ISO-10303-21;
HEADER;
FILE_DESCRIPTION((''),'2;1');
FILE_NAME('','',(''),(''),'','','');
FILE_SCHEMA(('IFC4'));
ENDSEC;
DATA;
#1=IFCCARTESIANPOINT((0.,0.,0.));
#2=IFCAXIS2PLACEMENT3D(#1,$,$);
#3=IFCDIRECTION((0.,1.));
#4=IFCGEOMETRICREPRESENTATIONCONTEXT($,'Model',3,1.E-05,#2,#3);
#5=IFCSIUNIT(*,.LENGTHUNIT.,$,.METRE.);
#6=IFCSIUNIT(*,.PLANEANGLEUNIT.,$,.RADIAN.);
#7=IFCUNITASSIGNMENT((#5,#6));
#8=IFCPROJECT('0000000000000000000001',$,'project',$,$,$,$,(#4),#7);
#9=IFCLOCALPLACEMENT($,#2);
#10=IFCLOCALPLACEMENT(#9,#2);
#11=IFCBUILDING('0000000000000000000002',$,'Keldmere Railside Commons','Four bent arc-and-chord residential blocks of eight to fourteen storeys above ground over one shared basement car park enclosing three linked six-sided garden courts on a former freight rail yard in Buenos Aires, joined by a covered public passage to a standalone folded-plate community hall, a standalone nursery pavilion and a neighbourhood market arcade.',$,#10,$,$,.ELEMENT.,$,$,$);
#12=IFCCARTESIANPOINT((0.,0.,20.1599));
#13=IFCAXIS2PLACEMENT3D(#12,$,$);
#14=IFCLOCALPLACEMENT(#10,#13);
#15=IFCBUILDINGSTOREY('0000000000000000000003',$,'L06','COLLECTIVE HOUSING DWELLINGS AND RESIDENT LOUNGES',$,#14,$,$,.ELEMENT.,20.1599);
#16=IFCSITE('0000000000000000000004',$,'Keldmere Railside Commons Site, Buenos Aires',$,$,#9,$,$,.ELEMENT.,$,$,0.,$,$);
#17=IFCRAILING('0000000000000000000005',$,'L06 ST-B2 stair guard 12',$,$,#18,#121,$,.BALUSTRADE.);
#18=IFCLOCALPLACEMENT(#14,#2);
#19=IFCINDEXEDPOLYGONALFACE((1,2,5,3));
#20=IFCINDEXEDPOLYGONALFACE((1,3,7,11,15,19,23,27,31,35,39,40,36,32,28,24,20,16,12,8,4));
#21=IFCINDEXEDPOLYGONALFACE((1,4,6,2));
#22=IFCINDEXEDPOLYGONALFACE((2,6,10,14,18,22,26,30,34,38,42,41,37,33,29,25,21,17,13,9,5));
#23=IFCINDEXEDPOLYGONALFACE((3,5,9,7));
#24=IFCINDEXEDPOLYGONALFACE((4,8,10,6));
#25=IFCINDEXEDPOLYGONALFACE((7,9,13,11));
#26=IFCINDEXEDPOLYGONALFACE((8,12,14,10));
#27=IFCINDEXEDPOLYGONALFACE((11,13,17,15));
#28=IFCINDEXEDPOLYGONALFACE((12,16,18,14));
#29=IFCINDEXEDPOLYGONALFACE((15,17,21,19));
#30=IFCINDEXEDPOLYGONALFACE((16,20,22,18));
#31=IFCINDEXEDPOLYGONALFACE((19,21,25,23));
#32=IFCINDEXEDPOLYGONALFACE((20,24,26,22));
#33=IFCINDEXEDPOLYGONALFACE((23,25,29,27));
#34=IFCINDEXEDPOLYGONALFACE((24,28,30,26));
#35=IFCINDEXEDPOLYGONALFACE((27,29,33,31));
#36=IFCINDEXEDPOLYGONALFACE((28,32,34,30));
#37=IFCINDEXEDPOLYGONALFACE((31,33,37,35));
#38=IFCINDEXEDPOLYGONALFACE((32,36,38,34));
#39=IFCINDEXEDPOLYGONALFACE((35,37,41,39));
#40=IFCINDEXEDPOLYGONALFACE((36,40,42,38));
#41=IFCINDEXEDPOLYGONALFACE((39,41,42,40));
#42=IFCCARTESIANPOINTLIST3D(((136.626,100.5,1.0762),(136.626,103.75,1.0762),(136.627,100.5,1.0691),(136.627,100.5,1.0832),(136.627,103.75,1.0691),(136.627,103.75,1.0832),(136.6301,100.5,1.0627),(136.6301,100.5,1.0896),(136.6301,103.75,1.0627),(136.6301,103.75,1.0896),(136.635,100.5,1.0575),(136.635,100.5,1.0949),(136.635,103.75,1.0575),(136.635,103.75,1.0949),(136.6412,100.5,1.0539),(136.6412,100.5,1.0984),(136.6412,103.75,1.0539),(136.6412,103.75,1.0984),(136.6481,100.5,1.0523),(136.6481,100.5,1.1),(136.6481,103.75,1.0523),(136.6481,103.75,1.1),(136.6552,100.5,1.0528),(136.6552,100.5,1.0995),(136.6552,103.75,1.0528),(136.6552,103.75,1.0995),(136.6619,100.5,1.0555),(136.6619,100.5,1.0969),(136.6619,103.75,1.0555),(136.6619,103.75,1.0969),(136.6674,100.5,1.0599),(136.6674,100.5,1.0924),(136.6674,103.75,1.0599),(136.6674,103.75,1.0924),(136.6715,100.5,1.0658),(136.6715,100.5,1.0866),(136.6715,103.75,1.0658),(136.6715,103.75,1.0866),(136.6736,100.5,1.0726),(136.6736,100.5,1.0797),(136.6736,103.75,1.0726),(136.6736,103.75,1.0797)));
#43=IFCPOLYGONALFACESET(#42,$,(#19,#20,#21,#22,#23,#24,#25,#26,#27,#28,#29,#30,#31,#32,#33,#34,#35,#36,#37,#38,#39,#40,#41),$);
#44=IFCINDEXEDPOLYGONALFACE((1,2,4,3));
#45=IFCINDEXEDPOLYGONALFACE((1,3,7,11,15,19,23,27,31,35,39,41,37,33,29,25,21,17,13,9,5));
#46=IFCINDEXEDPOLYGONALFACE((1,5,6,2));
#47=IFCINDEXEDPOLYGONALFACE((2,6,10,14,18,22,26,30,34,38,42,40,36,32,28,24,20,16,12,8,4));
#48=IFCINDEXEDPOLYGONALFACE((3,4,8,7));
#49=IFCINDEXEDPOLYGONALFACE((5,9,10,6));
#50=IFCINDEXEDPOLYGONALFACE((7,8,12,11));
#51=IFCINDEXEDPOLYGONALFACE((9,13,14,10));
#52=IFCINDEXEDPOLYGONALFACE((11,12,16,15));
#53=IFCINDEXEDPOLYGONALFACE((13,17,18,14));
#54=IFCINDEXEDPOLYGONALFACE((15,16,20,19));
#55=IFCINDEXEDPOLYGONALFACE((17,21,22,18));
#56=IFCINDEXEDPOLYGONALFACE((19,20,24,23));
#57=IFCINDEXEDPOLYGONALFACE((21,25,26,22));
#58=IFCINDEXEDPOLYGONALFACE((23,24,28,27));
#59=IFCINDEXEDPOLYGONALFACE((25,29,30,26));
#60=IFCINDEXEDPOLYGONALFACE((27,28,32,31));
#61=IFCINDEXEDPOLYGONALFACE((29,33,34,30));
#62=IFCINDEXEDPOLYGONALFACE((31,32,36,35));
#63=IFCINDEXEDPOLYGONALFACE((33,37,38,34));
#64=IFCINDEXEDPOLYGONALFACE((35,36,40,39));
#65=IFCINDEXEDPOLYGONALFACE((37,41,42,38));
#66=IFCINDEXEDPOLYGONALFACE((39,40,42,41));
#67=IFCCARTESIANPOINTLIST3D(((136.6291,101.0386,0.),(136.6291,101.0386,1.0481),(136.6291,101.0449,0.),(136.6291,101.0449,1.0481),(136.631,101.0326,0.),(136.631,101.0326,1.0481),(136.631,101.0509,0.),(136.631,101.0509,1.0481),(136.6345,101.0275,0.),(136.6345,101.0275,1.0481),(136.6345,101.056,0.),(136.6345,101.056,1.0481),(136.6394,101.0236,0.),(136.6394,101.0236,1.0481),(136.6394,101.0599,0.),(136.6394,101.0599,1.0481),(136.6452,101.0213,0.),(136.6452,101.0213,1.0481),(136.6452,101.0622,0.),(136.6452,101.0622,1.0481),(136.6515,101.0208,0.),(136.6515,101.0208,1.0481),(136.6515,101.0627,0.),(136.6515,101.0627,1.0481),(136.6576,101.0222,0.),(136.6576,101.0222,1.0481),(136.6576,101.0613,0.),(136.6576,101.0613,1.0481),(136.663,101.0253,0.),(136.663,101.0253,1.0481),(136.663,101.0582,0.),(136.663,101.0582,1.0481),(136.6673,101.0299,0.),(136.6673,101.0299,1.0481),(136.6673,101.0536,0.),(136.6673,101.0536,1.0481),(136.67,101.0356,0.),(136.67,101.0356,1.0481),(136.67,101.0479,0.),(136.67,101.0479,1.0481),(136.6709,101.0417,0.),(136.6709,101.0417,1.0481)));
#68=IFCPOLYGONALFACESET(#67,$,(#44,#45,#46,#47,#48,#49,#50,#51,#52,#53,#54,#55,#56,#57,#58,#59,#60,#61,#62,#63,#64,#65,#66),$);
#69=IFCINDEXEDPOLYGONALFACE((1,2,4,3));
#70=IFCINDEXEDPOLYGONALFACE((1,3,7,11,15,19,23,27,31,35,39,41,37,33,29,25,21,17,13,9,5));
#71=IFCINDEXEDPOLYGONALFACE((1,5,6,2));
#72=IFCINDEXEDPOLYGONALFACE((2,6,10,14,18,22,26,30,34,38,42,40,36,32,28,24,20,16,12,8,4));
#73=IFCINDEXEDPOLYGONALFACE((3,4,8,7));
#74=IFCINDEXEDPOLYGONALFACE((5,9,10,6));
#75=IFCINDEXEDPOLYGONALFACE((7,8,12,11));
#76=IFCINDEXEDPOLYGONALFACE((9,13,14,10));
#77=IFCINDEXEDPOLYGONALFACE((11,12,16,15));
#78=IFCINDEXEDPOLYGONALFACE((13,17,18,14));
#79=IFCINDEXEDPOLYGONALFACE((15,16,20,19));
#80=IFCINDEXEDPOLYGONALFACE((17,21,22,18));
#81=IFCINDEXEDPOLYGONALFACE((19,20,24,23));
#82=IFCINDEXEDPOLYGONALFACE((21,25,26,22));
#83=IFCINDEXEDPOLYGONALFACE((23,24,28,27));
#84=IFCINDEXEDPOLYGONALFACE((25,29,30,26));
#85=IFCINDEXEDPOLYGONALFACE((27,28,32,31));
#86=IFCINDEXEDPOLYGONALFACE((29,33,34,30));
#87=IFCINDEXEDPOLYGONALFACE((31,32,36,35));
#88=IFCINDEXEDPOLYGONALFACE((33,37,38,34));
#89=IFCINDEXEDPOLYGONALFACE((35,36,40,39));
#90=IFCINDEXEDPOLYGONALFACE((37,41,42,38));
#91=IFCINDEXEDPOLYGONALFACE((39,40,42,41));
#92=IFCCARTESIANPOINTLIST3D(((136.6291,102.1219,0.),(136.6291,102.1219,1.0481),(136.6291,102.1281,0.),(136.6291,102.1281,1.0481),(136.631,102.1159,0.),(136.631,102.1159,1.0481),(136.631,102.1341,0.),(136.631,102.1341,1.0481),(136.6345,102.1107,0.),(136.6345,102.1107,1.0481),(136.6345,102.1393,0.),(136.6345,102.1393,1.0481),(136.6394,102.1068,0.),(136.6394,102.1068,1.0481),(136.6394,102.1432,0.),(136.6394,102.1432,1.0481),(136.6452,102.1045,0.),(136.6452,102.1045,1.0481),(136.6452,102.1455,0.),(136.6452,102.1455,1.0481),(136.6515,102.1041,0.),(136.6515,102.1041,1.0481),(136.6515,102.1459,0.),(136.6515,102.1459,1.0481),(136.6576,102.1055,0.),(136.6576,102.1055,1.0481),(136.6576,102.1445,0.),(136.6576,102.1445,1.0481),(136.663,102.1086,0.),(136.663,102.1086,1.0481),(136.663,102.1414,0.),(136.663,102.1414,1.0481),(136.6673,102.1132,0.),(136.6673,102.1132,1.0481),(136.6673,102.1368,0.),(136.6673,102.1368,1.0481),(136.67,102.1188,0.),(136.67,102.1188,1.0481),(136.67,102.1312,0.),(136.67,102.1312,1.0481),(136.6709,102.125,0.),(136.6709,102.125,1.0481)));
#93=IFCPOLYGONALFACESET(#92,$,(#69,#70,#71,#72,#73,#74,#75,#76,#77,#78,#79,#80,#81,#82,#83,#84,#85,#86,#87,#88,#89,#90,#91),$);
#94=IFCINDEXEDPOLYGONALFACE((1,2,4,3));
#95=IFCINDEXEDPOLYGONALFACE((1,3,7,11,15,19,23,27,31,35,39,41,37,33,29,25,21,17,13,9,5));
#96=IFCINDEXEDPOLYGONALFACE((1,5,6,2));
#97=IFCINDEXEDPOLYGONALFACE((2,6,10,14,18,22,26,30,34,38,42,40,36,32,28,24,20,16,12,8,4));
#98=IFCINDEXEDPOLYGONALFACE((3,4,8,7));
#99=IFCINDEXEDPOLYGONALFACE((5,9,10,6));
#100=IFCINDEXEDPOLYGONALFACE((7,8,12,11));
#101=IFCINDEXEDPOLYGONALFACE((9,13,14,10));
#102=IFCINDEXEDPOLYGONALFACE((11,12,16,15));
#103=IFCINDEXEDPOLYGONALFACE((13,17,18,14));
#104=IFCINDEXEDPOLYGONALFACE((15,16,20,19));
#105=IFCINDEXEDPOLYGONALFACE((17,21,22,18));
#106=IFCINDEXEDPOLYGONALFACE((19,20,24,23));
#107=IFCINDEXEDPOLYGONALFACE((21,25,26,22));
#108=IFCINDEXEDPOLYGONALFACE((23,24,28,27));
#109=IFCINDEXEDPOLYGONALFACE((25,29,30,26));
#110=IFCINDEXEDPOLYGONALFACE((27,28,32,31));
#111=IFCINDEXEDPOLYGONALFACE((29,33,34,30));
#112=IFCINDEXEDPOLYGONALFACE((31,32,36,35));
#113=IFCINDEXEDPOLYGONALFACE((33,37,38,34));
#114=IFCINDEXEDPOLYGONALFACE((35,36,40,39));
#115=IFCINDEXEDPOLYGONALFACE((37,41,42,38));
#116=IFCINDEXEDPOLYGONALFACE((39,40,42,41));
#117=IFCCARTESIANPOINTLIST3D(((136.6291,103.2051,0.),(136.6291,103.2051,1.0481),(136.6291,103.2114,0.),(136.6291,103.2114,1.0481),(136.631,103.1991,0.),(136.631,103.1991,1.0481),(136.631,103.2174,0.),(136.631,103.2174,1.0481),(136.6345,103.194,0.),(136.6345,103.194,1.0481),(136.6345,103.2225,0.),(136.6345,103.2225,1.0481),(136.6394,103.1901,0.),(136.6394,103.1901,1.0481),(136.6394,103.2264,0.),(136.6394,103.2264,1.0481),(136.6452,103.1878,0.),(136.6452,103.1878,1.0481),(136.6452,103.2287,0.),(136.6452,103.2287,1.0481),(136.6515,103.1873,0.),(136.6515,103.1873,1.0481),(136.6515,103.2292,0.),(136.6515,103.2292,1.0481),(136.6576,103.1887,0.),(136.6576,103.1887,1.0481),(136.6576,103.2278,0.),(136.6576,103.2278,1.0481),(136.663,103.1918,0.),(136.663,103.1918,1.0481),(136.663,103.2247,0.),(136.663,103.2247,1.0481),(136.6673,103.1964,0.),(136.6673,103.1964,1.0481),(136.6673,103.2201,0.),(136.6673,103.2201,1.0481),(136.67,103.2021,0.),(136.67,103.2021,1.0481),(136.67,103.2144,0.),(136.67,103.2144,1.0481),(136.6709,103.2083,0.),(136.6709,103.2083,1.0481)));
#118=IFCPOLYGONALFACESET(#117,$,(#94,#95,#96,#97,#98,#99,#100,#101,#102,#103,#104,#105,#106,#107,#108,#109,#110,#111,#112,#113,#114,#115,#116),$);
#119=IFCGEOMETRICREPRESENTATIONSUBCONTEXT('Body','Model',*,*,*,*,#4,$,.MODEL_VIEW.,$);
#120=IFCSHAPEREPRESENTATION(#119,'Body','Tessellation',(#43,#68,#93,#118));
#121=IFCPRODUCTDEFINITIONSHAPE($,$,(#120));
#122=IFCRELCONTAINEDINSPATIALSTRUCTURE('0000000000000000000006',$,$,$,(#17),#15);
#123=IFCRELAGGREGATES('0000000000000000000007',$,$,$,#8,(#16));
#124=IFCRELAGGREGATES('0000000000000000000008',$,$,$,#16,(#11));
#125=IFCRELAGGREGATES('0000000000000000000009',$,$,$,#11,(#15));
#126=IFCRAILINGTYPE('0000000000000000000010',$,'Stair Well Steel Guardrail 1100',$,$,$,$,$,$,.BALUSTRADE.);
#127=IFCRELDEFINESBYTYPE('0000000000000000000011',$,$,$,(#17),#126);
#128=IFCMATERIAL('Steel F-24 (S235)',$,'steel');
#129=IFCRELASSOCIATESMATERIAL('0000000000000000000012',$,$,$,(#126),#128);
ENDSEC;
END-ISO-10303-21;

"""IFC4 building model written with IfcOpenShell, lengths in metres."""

from ifc_helpers import new_model, si_unit, direction, frame, origin, origin_2d, place, context, subcontext, project, spatial, circle, extrude, material, type_object, element, save


model = new_model("IFC4")

# Units and contexts
model_context = context("Model", 3, precision=1e-05, world=origin(), true_north=direction((0.0, 1.0)))
body_context = subcontext(model_context, "Body", "Model", "MODEL_VIEW")
ifc_project = project(units=[si_unit("LENGTHUNIT", "METRE"), si_unit("PLANEANGLEUNIT", "RADIAN")], contexts=[model_context])

# Site, building, storey
site_placement = place(None, origin())
site = spatial("IfcSite", under=ifc_project, at=site_placement, Name="Keldmere Railside Commons Site, Buenos Aires", CompositionType="ELEMENT", RefElevation=0.0)
building_placement = place(site_placement, origin())
building = spatial("IfcBuilding", under=site, at=building_placement, Name="Keldmere Railside Commons", Description="Four bent arc-and-chord residential blocks of eight to fourteen storeys above ground over one shared basement car park enclosing three linked six-sided garden courts on a former freight rail yard in Buenos Aires, joined by a covered public passage to a standalone folded-plate community hall, a standalone nursery pavilion and a neighbourhood market arcade.", CompositionType="ELEMENT")
storey_placement = place(building_placement, frame((0.0, 0.0, 20.1599)))
storey = spatial("IfcBuildingStorey", under=building, at=storey_placement, Name="L06", Description="COLLECTIVE HOUSING DWELLINGS AND RESIDENT LOUNGES", CompositionType="ELEMENT", Elevation=20.1599)

# Railing
ifc_material_1 = material(Name="Steel F-24 (S235)", Category="steel")
railing_type_1 = type_object("IfcRailingType", Name="Stair Well Steel Guardrail 1100", PredefinedType="BALUSTRADE", material=ifc_material_1)
railing_1_placement = place(storey_placement, frame((136.6499, 100.5, 0.0)))
element("IfcRailing", 1, at=railing_1_placement, inside=storey, type_object=railing_type_1, Name="L06 ST-B2 stair guard 12", PredefinedType="BALUSTRADE", context=body_context, shape_type="SweptSolid", body=[
    extrude(circle(Radius=0.0239, at=origin_2d()), frame((0.0, 0.0, 1.0762), z_axis=(0.0, 1.0, 0.0), x_axis=(-1.0, 0.0, 0.0)), (0.0, 0.0, 1.0), 3.25),
    extrude(circle(Radius=0.021, at=origin_2d()), frame((0.0, 0.5417, 0.0)), (0.0, 0.0, 1.0), 1.0481),
    extrude(circle(Radius=0.021, at=origin_2d()), frame((0.0, 1.625, 0.0)), (0.0, 0.0, 1.0), 1.0481),
    extrude(circle(Radius=0.021, at=origin_2d()), frame((0.0, 2.7083, 0.0)), (0.0, 0.0, 1.0), 1.0481),
])

save(model, "model.ifc")
